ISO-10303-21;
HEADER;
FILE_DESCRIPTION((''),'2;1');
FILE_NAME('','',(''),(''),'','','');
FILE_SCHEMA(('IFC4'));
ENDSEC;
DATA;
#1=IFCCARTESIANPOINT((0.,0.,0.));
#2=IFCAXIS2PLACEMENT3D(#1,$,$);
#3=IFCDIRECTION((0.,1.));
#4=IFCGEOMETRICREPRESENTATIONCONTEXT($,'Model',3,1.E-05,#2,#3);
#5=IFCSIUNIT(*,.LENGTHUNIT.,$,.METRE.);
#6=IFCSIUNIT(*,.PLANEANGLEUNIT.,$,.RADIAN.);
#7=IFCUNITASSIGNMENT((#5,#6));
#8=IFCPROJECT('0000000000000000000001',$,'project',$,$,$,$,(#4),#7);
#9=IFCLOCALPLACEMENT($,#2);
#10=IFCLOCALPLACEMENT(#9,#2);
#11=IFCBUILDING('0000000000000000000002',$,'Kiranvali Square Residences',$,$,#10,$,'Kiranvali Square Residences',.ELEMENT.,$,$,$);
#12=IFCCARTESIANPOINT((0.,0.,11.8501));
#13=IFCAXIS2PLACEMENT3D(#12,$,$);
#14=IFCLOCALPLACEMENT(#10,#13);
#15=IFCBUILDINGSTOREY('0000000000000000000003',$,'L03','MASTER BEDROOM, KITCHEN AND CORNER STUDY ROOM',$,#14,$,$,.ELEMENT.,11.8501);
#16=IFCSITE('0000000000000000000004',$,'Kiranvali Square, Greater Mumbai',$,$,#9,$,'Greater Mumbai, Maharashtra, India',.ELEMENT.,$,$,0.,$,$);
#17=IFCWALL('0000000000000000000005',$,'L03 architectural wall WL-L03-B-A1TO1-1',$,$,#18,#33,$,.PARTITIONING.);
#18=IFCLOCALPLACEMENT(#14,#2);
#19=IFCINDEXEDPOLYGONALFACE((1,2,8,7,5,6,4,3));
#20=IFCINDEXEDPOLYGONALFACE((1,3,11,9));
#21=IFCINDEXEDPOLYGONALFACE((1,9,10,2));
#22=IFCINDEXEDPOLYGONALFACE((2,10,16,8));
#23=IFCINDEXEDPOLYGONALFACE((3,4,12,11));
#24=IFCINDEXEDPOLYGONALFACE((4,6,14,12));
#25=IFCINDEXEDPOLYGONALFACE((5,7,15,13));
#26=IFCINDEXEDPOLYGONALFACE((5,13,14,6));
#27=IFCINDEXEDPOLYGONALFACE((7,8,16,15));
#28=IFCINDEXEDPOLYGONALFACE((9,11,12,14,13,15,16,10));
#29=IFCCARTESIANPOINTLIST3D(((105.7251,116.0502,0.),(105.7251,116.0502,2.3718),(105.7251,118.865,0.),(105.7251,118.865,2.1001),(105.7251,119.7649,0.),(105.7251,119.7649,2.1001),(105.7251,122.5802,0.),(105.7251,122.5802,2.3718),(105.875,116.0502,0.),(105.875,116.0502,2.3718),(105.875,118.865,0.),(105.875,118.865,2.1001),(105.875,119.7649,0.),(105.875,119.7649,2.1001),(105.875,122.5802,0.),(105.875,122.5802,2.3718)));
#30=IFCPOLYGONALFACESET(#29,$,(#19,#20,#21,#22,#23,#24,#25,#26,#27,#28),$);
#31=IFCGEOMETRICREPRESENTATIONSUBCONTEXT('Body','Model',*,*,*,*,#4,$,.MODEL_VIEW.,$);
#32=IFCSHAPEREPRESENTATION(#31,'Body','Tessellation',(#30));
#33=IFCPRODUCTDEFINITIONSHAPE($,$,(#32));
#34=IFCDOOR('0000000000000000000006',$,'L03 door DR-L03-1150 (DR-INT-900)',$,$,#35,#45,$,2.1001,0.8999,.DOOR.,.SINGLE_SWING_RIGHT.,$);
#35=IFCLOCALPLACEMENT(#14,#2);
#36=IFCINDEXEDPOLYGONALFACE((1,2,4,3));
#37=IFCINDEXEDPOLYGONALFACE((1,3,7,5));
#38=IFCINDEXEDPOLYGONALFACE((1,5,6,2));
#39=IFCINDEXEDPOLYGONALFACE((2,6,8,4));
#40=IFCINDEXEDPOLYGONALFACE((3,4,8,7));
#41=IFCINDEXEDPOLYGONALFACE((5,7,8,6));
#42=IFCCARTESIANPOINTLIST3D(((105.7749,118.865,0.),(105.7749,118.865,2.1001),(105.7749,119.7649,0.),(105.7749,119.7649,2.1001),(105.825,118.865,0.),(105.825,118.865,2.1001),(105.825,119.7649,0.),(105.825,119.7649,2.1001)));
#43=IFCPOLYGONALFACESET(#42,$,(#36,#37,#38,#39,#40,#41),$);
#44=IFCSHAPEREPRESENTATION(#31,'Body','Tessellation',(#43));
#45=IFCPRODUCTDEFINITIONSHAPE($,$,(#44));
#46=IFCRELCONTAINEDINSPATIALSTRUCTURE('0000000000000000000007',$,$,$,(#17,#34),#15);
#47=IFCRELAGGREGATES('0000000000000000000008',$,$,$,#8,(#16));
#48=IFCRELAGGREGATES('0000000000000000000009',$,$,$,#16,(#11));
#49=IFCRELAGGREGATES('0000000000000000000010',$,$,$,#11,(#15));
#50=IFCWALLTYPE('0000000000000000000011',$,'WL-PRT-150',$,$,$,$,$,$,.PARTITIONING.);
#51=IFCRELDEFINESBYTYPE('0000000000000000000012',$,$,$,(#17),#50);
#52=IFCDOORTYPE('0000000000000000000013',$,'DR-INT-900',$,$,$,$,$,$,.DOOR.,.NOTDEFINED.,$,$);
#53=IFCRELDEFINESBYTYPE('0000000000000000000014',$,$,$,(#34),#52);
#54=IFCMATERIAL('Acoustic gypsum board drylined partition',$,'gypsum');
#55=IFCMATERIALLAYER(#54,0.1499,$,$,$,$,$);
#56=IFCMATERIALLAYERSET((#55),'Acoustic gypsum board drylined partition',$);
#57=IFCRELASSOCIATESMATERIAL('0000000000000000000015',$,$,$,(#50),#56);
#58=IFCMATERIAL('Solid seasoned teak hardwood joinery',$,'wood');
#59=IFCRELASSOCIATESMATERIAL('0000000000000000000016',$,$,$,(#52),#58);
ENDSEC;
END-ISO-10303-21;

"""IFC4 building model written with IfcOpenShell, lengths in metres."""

from ifc_helpers import new_model, si_unit, direction, frame, frame_2d, origin, place, context, subcontext, project, spatial, rectangle, extrude, material, layer, layer_set, type_object, element, fill, save


model = new_model("IFC4")

# Units and contexts
model_context = context("Model", 3, precision=1e-05, world=origin(), true_north=direction((0.0, 1.0)))
body_context = subcontext(model_context, "Body", "Model", "MODEL_VIEW")
ifc_project = project(units=[si_unit("LENGTHUNIT", "METRE"), si_unit("PLANEANGLEUNIT", "RADIAN")], contexts=[model_context])

# Site, building, storey
site_placement = place(None, origin())
site = spatial("IfcSite", under=ifc_project, at=site_placement, Name="Kiranvali Square, Greater Mumbai", LongName="Greater Mumbai, Maharashtra, India", CompositionType="ELEMENT", RefElevation=0.0)
building_placement = place(site_placement, origin())
building = spatial("IfcBuilding", under=site, at=building_placement, Name="Kiranvali Square Residences", LongName="Kiranvali Square Residences", CompositionType="ELEMENT")
storey_placement = place(building_placement, frame((0.0, 0.0, 11.8501)))
storey = spatial("IfcBuildingStorey", under=building, at=storey_placement, Name="L03", Description="MASTER BEDROOM, KITCHEN AND CORNER STUDY ROOM", CompositionType="ELEMENT", Elevation=11.8501)

# Wall, opening, door
ifc_material_1 = material(Name="Acoustic gypsum board drylined partition", Category="gypsum")
ifc_layer_1 = layer(ifc_material_1, 0.1499)
ifc_layer_set_1 = layer_set([ifc_layer_1], Name="Acoustic gypsum board drylined partition")
wall_type_1 = type_object("IfcWallType", Name="WL-PRT-150", PredefinedType="PARTITIONING", material=ifc_layer_set_1)
wall_1_placement = place(storey_placement, frame((105.8, 116.05, 0.0), z_axis=(0.0, 0.0, 1.0), x_axis=(0.0, 1.0, 0.0)))
wall_1 = element("IfcWall", 1, at=wall_1_placement, inside=storey, type_object=wall_type_1, Name="L03 architectural wall WL-L03-B-A1TO1-1", PredefinedType="PARTITIONING", context=body_context, shape_type="SweptSolid", body=[
    extrude(rectangle(XDim=6.53, YDim=0.1499, at=frame_2d((3.2651, 0.0))), origin(), (0.0, 0.0, 1.0), 2.3718),
])
opening_1_placement = place(wall_1_placement, frame((2.8149, 0.0, 0.0)))
opening_1 = element("IfcOpeningElement", 2, at=opening_1_placement, cuts=wall_1, PredefinedType="OPENING", context=body_context, shape_type="SweptSolid", body=[
    extrude(rectangle(XDim=0.8999, YDim=2.1001, at=frame_2d((0.45, 1.05))), frame((0.0, 0.085, 0.0), z_axis=(0.0, -1.0, 0.0), x_axis=(1.0, 0.0, 0.0)), (0.0, 0.0, 1.0), 0.1699),
])
ifc_material_2 = material(Name="Solid seasoned teak hardwood joinery", Category="wood")
door_type_1 = type_object("IfcDoorType", Name="DR-INT-900", OperationType="NOTDEFINED", PredefinedType="DOOR", material=ifc_material_2)
door_1_placement = place(opening_1_placement, frame((0.8999, 0.0, 0.0), z_axis=(0.0, 0.0, 1.0), x_axis=(-1.0, 0.0, 0.0)))
door_1 = element("IfcDoor", 3, at=door_1_placement, inside=storey, type_object=door_type_1, Name="L03 door DR-L03-1150 (DR-INT-900)", OperationType="SINGLE_SWING_RIGHT", OverallHeight=2.1001, OverallWidth=0.8999, PredefinedType="DOOR", context=body_context, shape_type="SweptSolid", body=[
    extrude(rectangle(XDim=0.8999, YDim=2.1001, at=frame_2d((0.45, 1.05))), frame((0.0, 0.0249, 0.0), z_axis=(0.0, -1.0, 0.0), x_axis=(1.0, 0.0, 0.0)), (0.0, 0.0, 1.0), 0.05),
])
fill(opening_1, door_1)

save(model, "model.ifc")
